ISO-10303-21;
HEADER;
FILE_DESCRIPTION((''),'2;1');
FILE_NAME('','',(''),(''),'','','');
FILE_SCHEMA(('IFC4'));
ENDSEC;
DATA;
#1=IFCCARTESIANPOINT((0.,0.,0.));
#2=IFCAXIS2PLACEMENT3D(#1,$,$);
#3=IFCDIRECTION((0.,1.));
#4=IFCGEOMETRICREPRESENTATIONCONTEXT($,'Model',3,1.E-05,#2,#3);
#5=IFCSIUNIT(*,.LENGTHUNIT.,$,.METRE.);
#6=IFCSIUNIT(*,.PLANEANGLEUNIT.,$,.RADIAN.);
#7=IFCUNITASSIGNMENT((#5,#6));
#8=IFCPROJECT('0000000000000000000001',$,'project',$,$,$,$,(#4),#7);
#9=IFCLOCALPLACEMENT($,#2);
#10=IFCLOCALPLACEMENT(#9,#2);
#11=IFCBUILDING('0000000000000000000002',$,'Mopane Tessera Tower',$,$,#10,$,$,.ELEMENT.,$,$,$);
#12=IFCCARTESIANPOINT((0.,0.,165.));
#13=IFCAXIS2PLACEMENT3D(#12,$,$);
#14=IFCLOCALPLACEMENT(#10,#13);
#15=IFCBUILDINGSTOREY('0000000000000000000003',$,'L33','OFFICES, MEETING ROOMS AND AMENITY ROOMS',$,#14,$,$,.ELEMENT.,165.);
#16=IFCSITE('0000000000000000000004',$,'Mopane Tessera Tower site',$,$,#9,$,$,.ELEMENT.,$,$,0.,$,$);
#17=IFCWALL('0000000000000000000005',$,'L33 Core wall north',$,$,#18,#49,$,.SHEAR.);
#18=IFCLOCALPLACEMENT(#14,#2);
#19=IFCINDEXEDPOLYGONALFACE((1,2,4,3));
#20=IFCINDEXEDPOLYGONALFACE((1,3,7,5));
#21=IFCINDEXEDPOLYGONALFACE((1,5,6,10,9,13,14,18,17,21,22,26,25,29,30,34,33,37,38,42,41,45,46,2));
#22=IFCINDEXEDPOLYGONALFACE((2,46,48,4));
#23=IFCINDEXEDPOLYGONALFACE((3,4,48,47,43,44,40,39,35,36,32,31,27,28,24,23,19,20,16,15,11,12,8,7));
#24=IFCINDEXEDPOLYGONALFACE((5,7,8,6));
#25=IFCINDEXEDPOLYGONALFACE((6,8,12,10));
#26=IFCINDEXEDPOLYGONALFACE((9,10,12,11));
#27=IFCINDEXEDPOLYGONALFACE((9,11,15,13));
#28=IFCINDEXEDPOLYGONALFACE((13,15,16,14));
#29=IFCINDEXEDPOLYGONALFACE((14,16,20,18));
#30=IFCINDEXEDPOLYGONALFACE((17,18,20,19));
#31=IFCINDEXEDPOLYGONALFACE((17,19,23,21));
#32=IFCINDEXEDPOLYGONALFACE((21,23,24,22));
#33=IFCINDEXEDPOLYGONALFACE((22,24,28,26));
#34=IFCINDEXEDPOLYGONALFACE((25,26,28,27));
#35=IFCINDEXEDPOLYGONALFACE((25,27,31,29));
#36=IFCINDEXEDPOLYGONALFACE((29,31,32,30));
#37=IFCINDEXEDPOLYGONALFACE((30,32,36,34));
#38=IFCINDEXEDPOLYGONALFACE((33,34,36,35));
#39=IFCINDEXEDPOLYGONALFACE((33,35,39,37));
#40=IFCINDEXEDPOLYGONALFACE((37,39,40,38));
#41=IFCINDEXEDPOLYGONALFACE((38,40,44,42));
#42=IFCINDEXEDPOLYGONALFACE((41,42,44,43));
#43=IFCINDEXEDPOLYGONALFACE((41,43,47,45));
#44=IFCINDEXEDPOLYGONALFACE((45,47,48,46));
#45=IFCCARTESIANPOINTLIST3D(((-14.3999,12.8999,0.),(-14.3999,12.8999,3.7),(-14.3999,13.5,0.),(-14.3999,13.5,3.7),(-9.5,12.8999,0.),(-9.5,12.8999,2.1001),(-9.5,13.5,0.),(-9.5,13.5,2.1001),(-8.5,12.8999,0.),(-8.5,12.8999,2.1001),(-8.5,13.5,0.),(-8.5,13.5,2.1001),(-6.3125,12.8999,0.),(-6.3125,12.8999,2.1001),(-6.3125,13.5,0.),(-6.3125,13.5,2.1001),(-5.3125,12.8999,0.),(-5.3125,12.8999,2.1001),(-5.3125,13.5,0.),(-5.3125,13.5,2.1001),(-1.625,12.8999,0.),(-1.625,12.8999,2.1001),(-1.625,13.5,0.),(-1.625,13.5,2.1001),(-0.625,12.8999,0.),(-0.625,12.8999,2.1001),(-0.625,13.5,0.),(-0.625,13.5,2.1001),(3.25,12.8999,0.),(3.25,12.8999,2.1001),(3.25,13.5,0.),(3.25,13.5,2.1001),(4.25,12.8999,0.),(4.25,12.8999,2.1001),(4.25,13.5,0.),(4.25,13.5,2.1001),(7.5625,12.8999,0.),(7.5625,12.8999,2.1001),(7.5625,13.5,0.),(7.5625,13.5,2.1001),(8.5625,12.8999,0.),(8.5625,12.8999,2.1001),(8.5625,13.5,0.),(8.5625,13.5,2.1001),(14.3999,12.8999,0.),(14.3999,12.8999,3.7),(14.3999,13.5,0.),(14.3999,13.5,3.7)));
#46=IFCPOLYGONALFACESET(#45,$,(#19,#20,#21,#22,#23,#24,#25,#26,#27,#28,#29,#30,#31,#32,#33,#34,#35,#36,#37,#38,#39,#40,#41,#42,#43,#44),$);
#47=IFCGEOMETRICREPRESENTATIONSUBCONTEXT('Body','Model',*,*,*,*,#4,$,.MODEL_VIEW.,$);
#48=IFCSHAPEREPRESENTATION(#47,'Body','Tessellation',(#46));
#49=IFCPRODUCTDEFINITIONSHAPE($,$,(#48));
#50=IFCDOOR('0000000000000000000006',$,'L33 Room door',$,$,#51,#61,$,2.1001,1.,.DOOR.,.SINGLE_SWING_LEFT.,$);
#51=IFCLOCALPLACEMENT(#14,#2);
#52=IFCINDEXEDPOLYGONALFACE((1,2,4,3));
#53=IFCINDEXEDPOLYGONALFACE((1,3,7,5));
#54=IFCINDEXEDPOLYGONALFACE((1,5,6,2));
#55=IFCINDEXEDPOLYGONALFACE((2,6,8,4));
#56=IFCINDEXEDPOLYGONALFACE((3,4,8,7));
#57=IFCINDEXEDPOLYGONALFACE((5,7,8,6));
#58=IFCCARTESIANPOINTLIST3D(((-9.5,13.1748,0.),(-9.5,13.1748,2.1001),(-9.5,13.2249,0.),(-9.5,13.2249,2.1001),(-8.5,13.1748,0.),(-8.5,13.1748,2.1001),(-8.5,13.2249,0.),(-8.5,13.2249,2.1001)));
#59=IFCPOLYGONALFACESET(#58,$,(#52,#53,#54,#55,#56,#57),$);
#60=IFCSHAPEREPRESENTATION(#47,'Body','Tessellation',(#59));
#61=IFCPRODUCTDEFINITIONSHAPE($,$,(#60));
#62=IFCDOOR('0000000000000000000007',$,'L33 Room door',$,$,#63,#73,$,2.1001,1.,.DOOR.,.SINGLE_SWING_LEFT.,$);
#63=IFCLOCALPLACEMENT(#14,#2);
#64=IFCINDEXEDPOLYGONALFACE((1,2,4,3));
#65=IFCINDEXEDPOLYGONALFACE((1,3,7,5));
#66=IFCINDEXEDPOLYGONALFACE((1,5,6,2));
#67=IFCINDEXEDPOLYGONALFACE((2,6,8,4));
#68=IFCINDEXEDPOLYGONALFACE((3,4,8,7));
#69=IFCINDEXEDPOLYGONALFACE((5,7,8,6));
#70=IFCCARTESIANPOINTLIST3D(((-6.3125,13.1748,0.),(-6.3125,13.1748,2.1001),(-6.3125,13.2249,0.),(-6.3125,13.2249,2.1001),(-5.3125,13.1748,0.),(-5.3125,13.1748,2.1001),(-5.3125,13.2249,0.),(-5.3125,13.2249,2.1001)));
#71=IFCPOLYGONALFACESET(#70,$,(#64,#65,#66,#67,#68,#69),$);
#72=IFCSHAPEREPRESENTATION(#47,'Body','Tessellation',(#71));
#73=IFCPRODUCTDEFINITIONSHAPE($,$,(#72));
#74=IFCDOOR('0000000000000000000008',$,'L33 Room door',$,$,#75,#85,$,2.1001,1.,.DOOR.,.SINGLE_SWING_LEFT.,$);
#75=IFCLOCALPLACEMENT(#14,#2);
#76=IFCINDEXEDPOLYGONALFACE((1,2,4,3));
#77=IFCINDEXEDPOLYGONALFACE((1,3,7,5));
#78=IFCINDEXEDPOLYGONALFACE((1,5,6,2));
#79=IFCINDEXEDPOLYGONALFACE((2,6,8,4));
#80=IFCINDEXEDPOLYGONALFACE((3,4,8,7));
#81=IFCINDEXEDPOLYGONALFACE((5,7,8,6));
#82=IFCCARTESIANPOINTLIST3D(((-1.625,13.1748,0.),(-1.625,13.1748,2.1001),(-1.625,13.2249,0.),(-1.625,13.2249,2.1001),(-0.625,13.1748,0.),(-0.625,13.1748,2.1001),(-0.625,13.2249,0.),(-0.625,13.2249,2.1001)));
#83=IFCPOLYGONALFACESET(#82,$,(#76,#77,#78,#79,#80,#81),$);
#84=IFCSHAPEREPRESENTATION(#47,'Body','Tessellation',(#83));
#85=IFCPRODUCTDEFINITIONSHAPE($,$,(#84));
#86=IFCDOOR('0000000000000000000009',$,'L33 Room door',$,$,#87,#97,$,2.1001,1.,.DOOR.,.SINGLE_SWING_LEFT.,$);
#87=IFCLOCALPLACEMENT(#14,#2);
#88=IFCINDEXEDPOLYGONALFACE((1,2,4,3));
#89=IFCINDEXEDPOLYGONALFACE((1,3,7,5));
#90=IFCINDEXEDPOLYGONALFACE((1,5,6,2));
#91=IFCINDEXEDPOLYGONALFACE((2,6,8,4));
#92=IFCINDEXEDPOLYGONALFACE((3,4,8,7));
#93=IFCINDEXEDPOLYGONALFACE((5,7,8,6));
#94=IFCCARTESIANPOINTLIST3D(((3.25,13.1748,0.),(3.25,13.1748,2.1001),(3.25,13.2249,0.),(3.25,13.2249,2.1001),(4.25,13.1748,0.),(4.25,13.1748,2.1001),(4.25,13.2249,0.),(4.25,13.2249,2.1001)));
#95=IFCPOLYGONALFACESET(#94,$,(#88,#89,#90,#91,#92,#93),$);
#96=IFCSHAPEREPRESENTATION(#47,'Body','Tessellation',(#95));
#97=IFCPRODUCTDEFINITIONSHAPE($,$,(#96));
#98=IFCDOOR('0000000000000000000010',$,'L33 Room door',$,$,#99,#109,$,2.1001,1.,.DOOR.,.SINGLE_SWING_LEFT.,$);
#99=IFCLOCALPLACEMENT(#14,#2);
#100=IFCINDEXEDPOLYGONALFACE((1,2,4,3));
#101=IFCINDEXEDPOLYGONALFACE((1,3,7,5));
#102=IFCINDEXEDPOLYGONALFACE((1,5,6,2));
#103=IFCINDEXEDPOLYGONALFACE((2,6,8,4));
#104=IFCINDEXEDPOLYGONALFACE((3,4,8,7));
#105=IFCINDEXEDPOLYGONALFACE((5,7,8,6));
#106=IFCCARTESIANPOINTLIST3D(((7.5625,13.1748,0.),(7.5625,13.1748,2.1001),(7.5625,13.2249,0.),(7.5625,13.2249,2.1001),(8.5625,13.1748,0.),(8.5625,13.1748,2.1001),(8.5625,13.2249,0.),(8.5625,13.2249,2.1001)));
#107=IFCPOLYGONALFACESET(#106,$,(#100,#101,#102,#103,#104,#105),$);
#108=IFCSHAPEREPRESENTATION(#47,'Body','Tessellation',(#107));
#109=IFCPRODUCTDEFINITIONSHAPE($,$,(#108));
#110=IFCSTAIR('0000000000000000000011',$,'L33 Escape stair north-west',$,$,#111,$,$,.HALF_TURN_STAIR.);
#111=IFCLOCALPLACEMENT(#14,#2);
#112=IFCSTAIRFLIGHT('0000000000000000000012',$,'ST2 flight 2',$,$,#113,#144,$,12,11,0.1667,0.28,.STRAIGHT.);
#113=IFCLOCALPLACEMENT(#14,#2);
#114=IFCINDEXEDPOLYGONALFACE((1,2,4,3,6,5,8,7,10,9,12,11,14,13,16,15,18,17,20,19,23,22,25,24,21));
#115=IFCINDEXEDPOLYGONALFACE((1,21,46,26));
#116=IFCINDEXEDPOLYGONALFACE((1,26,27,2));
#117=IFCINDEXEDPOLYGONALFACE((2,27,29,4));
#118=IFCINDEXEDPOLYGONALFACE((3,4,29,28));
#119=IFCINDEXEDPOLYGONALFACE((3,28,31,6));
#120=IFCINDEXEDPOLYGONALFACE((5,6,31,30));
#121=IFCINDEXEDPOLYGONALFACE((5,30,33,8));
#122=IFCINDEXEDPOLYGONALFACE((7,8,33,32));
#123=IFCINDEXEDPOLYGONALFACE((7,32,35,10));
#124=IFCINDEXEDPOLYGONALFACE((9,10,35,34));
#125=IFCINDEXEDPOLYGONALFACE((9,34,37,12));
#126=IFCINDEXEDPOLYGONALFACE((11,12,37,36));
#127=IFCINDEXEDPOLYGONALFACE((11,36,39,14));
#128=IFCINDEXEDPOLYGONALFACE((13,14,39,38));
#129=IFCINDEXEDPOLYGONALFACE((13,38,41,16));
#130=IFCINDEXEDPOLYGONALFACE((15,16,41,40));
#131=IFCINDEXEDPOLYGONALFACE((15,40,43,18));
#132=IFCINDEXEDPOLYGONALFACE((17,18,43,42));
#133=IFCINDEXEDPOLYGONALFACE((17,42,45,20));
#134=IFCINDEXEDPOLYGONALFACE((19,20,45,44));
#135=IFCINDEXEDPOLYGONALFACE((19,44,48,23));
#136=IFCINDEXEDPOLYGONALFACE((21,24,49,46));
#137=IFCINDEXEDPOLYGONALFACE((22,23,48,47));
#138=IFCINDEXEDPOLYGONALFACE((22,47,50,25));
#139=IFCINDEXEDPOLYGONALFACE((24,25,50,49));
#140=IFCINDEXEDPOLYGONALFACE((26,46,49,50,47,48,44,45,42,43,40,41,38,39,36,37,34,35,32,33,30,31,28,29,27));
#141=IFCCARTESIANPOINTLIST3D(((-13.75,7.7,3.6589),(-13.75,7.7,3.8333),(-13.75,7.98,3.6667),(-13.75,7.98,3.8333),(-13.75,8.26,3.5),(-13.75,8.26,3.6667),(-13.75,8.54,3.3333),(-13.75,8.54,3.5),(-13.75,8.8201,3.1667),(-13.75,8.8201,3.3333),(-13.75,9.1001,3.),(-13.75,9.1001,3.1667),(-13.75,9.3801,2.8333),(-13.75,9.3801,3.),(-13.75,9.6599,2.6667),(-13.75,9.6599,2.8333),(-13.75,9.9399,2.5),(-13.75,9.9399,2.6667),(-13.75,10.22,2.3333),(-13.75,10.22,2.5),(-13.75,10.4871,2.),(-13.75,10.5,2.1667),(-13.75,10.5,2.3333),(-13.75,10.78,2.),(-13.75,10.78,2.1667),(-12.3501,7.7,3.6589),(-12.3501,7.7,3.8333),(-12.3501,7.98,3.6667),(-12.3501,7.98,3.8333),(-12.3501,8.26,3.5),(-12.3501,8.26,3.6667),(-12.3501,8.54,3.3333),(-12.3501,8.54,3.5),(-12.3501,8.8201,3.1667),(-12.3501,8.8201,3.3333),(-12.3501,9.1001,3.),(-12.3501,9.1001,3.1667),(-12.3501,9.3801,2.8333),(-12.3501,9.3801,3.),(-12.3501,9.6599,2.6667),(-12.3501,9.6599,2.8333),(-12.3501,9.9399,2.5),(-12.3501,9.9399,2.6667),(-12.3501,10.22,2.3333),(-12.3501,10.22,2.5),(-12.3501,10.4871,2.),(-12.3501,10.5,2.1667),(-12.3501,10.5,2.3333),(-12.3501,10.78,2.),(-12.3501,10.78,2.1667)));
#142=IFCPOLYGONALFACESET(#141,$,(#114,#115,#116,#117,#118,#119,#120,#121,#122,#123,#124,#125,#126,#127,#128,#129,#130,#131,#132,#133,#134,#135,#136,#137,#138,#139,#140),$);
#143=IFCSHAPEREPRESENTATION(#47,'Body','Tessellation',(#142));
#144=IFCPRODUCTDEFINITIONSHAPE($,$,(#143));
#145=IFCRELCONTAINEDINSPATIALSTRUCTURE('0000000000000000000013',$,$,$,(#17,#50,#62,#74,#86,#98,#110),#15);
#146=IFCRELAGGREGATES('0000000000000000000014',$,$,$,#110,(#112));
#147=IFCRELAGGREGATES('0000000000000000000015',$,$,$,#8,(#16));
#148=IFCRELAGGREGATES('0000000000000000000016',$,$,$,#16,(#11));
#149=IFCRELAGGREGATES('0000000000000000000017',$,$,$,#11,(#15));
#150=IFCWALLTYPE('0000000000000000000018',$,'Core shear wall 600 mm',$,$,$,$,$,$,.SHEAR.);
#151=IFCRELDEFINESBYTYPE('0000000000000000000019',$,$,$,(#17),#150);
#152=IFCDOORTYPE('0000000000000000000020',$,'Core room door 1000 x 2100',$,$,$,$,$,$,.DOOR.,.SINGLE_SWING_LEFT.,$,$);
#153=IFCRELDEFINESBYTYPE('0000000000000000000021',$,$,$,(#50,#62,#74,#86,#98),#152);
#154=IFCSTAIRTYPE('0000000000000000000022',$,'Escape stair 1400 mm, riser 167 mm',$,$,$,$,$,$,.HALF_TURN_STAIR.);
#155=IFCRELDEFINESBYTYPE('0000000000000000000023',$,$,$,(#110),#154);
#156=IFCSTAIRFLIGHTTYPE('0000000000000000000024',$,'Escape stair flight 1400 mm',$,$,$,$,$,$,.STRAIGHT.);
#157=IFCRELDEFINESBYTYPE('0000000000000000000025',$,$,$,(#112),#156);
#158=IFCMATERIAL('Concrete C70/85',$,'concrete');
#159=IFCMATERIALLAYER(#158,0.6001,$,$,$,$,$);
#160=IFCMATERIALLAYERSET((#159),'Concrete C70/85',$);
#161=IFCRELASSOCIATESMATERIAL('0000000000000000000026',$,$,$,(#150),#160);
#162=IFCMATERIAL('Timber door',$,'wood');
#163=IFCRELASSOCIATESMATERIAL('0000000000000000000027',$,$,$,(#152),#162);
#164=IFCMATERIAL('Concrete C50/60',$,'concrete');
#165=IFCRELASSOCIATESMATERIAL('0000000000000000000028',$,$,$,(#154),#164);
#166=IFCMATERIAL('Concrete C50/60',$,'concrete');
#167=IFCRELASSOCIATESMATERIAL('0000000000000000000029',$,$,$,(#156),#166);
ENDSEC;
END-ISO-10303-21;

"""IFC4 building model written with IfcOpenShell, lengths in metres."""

from ifc_helpers import new_model, si_unit, direction, frame, frame_2d, origin, place, context, subcontext, project, spatial, polyline, rectangle, outline, extrude, material, layer, layer_set, type_object, element, fill, aggregate, save


model = new_model("IFC4")

# Units and contexts
model_context = context("Model", 3, precision=1e-05, world=origin(), true_north=direction((0.0, 1.0)))
body_context = subcontext(model_context, "Body", "Model", "MODEL_VIEW")
ifc_project = project(units=[si_unit("LENGTHUNIT", "METRE"), si_unit("PLANEANGLEUNIT", "RADIAN")], contexts=[model_context])

# Site, building, storey
site_placement = place(None, origin())
site = spatial("IfcSite", under=ifc_project, at=site_placement, Name="Mopane Tessera Tower site", CompositionType="ELEMENT", RefElevation=0.0)
building_placement = place(site_placement, origin())
building = spatial("IfcBuilding", under=site, at=building_placement, Name="Mopane Tessera Tower", CompositionType="ELEMENT")
storey_placement = place(building_placement, frame((0.0, 0.0, 165.0)))
storey = spatial("IfcBuildingStorey", under=building, at=storey_placement, Name="L33", Description="OFFICES, MEETING ROOMS AND AMENITY ROOMS", CompositionType="ELEMENT", Elevation=165.0)

# Wall, openings, doors
ifc_material_1 = material(Name="Concrete C70/85", Category="concrete")
ifc_layer_1 = layer(ifc_material_1, 0.6001)
ifc_layer_set_1 = layer_set([ifc_layer_1], Name="Concrete C70/85")
wall_type_1 = type_object("IfcWallType", Name="Core shear wall 600 mm", PredefinedType="SHEAR", material=ifc_layer_set_1)
wall_1_placement = place(storey_placement, frame((-14.3999, 13.2, 0.0), z_axis=(0.0, 0.0, 1.0), x_axis=(1.0, 0.0, 0.0)))
wall_1 = element("IfcWall", 1, at=wall_1_placement, inside=storey, type_object=wall_type_1, Name="L33 Core wall north", PredefinedType="SHEAR", context=body_context, shape_type="SweptSolid", body=[
    extrude(rectangle(XDim=28.7998, YDim=0.6001, at=frame_2d((14.3999, 0.0))), origin(), (0.0, 0.0, 1.0), 3.7),
])
opening_1_placement = place(wall_1_placement, frame((4.8999, 0.0, 0.0)))
opening_1 = element("IfcOpeningElement", 2, at=opening_1_placement, cuts=wall_1, PredefinedType="OPENING", context=body_context, shape_type="SweptSolid", body=[
    extrude(rectangle(XDim=1.0, YDim=2.1001, at=frame_2d((0.5, 1.05))), frame((0.0, 0.312, 0.0), z_axis=(0.0, -1.0, 0.0), x_axis=(1.0, 0.0, 0.0)), (0.0, 0.0, 1.0), 0.624),
])
opening_2_placement = place(wall_1_placement, frame((8.0874, 0.0, 0.0)))
opening_2 = element("IfcOpeningElement", 3, at=opening_2_placement, cuts=wall_1, PredefinedType="OPENING", context=body_context, shape_type="SweptSolid", body=[
    extrude(rectangle(XDim=1.0, YDim=2.1001, at=frame_2d((0.5, 1.05))), frame((0.0, 0.312, 0.0), z_axis=(0.0, -1.0, 0.0), x_axis=(1.0, 0.0, 0.0)), (0.0, 0.0, 1.0), 0.624),
])
opening_3_placement = place(wall_1_placement, frame((12.7749, 0.0, 0.0)))
opening_3 = element("IfcOpeningElement", 4, at=opening_3_placement, cuts=wall_1, PredefinedType="OPENING", context=body_context, shape_type="SweptSolid", body=[
    extrude(rectangle(XDim=1.0, YDim=2.1001, at=frame_2d((0.5, 1.05))), frame((0.0, 0.312, 0.0), z_axis=(0.0, -1.0, 0.0), x_axis=(1.0, 0.0, 0.0)), (0.0, 0.0, 1.0), 0.624),
])
opening_4_placement = place(wall_1_placement, frame((17.6499, 0.0, 0.0)))
opening_4 = element("IfcOpeningElement", 5, at=opening_4_placement, cuts=wall_1, PredefinedType="OPENING", context=body_context, shape_type="SweptSolid", body=[
    extrude(rectangle(XDim=1.0, YDim=2.1001, at=frame_2d((0.5, 1.05))), frame((0.0, 0.312, 0.0), z_axis=(0.0, -1.0, 0.0), x_axis=(1.0, 0.0, 0.0)), (0.0, 0.0, 1.0), 0.624),
])
opening_5_placement = place(wall_1_placement, frame((21.9624, 0.0, 0.0)))
opening_5 = element("IfcOpeningElement", 6, at=opening_5_placement, cuts=wall_1, PredefinedType="OPENING", context=body_context, shape_type="SweptSolid", body=[
    extrude(rectangle(XDim=1.0, YDim=2.1001, at=frame_2d((0.5, 1.05))), frame((0.0, 0.312, 0.0), z_axis=(0.0, -1.0, 0.0), x_axis=(1.0, 0.0, 0.0)), (0.0, 0.0, 1.0), 0.624),
])
ifc_material_2 = material(Name="Timber door", Category="wood")
door_type = type_object("IfcDoorType", Name="Core room door 1000 x 2100", OperationType="SINGLE_SWING_LEFT", PredefinedType="DOOR", material=ifc_material_2)
door_1_placement = place(opening_1_placement, origin())
door_1 = element("IfcDoor", 7, at=door_1_placement, inside=storey, type_object=door_type, Name="L33 Room door", OperationType="SINGLE_SWING_LEFT", OverallHeight=2.1001, OverallWidth=1.0, PredefinedType="DOOR", context=body_context, shape_type="SweptSolid", body=[
    extrude(rectangle(XDim=1.0, YDim=2.1001, at=frame_2d((0.5, 1.05))), frame((0.0, 0.0249, 0.0), z_axis=(0.0, -1.0, 0.0), x_axis=(1.0, 0.0, 0.0)), (0.0, 0.0, 1.0), 0.05),
])
fill(opening_1, door_1)
door_2_placement = place(opening_2_placement, origin())
door_2 = element("IfcDoor", 8, at=door_2_placement, inside=storey, type_object=door_type, Name="L33 Room door", OperationType="SINGLE_SWING_LEFT", OverallHeight=2.1001, OverallWidth=1.0, PredefinedType="DOOR", context=body_context, shape_type="SweptSolid", body=[
    extrude(rectangle(XDim=1.0, YDim=2.1001, at=frame_2d((0.5, 1.05))), frame((0.0, 0.0249, 0.0), z_axis=(0.0, -1.0, 0.0), x_axis=(1.0, 0.0, 0.0)), (0.0, 0.0, 1.0), 0.05),
])
fill(opening_2, door_2)
door_3_placement = place(opening_3_placement, origin())
door_3 = element("IfcDoor", 9, at=door_3_placement, inside=storey, type_object=door_type, Name="L33 Room door", OperationType="SINGLE_SWING_LEFT", OverallHeight=2.1001, OverallWidth=1.0, PredefinedType="DOOR", context=body_context, shape_type="SweptSolid", body=[
    extrude(rectangle(XDim=1.0, YDim=2.1001, at=frame_2d((0.5, 1.05))), frame((0.0, 0.0249, 0.0), z_axis=(0.0, -1.0, 0.0), x_axis=(1.0, 0.0, 0.0)), (0.0, 0.0, 1.0), 0.05),
])
fill(opening_3, door_3)
door_4_placement = place(opening_4_placement, origin())
door_4 = element("IfcDoor", 10, at=door_4_placement, inside=storey, type_object=door_type, Name="L33 Room door", OperationType="SINGLE_SWING_LEFT", OverallHeight=2.1001, OverallWidth=1.0, PredefinedType="DOOR", context=body_context, shape_type="SweptSolid", body=[
    extrude(rectangle(XDim=1.0, YDim=2.1001, at=frame_2d((0.5, 1.05))), frame((0.0, 0.0249, 0.0), z_axis=(0.0, -1.0, 0.0), x_axis=(1.0, 0.0, 0.0)), (0.0, 0.0, 1.0), 0.05),
])
fill(opening_4, door_4)
door_5_placement = place(opening_5_placement, origin())
door_5 = element("IfcDoor", 11, at=door_5_placement, inside=storey, type_object=door_type, Name="L33 Room door", OperationType="SINGLE_SWING_LEFT", OverallHeight=2.1001, OverallWidth=1.0, PredefinedType="DOOR", context=body_context, shape_type="SweptSolid", body=[
    extrude(rectangle(XDim=1.0, YDim=2.1001, at=frame_2d((0.5, 1.05))), frame((0.0, 0.0249, 0.0), z_axis=(0.0, -1.0, 0.0), x_axis=(1.0, 0.0, 0.0)), (0.0, 0.0, 1.0), 0.05),
])
fill(opening_5, door_5)

# Stair, stair flight
ifc_material_3 = material(Name="Concrete C50/60", Category="concrete")
stair_type = type_object("IfcStairType", Name="Escape stair 1400 mm, riser 167 mm", PredefinedType="HALF_TURN_STAIR", material=ifc_material_3)
stair_placement = place(storey_placement, origin())
stair = element("IfcStair", 12, at=stair_placement, inside=storey, type_object=stair_type, Name="L33 Escape stair north-west", PredefinedType="HALF_TURN_STAIR")
ifc_material_4 = material(Name="Concrete C50/60", Category="concrete")
stair_flight_type = type_object("IfcStairFlightType", Name="Escape stair flight 1400 mm", PredefinedType="STRAIGHT", material=ifc_material_4)
stair_flight_placement = place(storey_placement, frame((-13.05, 10.78, 2.0), z_axis=(0.0, 0.0, 1.0), x_axis=(0.0, -1.0, 0.0)))
stair_flight = element("IfcStairFlight", 13, at=stair_flight_placement, type_object=stair_flight_type, Name="ST2 flight 2", NumberOfRisers=12, NumberOfTreads=11, PredefinedType="STRAIGHT", RiserHeight=0.1667, TreadLength=0.28, context=body_context, shape_type="SweptSolid", body=[
    extrude(outline(polyline([(0.0, 0.0), (0.0, 0.1667), (0.28, 0.1667), (0.28, 0.3333), (0.5601, 0.3333), (0.5601, 0.5), (0.8401, 0.5), (0.8401, 0.6667), (1.1201, 0.6667), (1.1201, 0.8333), (1.3999, 0.8333), (1.3999, 1.0), (1.6799, 1.0), (1.6799, 1.1667), (1.96, 1.1667), (1.96, 1.3333), (2.24, 1.3333), (2.24, 1.5), (2.52, 1.5), (2.52, 1.6667), (2.8, 1.6667), (2.8, 1.8333), (3.0801, 1.8333), (3.0801, 2.0), (3.0801, 1.6589), (0.293, 0.0), (0.0, 0.0)])), frame((0.0, 0.7, 0.0), z_axis=(0.0, -1.0, 0.0), x_axis=(1.0, 0.0, 0.0)), (0.0, 0.0, 1.0), 1.3999),
])
aggregate(stair, [stair_flight])

save(model, "model.ifc")
